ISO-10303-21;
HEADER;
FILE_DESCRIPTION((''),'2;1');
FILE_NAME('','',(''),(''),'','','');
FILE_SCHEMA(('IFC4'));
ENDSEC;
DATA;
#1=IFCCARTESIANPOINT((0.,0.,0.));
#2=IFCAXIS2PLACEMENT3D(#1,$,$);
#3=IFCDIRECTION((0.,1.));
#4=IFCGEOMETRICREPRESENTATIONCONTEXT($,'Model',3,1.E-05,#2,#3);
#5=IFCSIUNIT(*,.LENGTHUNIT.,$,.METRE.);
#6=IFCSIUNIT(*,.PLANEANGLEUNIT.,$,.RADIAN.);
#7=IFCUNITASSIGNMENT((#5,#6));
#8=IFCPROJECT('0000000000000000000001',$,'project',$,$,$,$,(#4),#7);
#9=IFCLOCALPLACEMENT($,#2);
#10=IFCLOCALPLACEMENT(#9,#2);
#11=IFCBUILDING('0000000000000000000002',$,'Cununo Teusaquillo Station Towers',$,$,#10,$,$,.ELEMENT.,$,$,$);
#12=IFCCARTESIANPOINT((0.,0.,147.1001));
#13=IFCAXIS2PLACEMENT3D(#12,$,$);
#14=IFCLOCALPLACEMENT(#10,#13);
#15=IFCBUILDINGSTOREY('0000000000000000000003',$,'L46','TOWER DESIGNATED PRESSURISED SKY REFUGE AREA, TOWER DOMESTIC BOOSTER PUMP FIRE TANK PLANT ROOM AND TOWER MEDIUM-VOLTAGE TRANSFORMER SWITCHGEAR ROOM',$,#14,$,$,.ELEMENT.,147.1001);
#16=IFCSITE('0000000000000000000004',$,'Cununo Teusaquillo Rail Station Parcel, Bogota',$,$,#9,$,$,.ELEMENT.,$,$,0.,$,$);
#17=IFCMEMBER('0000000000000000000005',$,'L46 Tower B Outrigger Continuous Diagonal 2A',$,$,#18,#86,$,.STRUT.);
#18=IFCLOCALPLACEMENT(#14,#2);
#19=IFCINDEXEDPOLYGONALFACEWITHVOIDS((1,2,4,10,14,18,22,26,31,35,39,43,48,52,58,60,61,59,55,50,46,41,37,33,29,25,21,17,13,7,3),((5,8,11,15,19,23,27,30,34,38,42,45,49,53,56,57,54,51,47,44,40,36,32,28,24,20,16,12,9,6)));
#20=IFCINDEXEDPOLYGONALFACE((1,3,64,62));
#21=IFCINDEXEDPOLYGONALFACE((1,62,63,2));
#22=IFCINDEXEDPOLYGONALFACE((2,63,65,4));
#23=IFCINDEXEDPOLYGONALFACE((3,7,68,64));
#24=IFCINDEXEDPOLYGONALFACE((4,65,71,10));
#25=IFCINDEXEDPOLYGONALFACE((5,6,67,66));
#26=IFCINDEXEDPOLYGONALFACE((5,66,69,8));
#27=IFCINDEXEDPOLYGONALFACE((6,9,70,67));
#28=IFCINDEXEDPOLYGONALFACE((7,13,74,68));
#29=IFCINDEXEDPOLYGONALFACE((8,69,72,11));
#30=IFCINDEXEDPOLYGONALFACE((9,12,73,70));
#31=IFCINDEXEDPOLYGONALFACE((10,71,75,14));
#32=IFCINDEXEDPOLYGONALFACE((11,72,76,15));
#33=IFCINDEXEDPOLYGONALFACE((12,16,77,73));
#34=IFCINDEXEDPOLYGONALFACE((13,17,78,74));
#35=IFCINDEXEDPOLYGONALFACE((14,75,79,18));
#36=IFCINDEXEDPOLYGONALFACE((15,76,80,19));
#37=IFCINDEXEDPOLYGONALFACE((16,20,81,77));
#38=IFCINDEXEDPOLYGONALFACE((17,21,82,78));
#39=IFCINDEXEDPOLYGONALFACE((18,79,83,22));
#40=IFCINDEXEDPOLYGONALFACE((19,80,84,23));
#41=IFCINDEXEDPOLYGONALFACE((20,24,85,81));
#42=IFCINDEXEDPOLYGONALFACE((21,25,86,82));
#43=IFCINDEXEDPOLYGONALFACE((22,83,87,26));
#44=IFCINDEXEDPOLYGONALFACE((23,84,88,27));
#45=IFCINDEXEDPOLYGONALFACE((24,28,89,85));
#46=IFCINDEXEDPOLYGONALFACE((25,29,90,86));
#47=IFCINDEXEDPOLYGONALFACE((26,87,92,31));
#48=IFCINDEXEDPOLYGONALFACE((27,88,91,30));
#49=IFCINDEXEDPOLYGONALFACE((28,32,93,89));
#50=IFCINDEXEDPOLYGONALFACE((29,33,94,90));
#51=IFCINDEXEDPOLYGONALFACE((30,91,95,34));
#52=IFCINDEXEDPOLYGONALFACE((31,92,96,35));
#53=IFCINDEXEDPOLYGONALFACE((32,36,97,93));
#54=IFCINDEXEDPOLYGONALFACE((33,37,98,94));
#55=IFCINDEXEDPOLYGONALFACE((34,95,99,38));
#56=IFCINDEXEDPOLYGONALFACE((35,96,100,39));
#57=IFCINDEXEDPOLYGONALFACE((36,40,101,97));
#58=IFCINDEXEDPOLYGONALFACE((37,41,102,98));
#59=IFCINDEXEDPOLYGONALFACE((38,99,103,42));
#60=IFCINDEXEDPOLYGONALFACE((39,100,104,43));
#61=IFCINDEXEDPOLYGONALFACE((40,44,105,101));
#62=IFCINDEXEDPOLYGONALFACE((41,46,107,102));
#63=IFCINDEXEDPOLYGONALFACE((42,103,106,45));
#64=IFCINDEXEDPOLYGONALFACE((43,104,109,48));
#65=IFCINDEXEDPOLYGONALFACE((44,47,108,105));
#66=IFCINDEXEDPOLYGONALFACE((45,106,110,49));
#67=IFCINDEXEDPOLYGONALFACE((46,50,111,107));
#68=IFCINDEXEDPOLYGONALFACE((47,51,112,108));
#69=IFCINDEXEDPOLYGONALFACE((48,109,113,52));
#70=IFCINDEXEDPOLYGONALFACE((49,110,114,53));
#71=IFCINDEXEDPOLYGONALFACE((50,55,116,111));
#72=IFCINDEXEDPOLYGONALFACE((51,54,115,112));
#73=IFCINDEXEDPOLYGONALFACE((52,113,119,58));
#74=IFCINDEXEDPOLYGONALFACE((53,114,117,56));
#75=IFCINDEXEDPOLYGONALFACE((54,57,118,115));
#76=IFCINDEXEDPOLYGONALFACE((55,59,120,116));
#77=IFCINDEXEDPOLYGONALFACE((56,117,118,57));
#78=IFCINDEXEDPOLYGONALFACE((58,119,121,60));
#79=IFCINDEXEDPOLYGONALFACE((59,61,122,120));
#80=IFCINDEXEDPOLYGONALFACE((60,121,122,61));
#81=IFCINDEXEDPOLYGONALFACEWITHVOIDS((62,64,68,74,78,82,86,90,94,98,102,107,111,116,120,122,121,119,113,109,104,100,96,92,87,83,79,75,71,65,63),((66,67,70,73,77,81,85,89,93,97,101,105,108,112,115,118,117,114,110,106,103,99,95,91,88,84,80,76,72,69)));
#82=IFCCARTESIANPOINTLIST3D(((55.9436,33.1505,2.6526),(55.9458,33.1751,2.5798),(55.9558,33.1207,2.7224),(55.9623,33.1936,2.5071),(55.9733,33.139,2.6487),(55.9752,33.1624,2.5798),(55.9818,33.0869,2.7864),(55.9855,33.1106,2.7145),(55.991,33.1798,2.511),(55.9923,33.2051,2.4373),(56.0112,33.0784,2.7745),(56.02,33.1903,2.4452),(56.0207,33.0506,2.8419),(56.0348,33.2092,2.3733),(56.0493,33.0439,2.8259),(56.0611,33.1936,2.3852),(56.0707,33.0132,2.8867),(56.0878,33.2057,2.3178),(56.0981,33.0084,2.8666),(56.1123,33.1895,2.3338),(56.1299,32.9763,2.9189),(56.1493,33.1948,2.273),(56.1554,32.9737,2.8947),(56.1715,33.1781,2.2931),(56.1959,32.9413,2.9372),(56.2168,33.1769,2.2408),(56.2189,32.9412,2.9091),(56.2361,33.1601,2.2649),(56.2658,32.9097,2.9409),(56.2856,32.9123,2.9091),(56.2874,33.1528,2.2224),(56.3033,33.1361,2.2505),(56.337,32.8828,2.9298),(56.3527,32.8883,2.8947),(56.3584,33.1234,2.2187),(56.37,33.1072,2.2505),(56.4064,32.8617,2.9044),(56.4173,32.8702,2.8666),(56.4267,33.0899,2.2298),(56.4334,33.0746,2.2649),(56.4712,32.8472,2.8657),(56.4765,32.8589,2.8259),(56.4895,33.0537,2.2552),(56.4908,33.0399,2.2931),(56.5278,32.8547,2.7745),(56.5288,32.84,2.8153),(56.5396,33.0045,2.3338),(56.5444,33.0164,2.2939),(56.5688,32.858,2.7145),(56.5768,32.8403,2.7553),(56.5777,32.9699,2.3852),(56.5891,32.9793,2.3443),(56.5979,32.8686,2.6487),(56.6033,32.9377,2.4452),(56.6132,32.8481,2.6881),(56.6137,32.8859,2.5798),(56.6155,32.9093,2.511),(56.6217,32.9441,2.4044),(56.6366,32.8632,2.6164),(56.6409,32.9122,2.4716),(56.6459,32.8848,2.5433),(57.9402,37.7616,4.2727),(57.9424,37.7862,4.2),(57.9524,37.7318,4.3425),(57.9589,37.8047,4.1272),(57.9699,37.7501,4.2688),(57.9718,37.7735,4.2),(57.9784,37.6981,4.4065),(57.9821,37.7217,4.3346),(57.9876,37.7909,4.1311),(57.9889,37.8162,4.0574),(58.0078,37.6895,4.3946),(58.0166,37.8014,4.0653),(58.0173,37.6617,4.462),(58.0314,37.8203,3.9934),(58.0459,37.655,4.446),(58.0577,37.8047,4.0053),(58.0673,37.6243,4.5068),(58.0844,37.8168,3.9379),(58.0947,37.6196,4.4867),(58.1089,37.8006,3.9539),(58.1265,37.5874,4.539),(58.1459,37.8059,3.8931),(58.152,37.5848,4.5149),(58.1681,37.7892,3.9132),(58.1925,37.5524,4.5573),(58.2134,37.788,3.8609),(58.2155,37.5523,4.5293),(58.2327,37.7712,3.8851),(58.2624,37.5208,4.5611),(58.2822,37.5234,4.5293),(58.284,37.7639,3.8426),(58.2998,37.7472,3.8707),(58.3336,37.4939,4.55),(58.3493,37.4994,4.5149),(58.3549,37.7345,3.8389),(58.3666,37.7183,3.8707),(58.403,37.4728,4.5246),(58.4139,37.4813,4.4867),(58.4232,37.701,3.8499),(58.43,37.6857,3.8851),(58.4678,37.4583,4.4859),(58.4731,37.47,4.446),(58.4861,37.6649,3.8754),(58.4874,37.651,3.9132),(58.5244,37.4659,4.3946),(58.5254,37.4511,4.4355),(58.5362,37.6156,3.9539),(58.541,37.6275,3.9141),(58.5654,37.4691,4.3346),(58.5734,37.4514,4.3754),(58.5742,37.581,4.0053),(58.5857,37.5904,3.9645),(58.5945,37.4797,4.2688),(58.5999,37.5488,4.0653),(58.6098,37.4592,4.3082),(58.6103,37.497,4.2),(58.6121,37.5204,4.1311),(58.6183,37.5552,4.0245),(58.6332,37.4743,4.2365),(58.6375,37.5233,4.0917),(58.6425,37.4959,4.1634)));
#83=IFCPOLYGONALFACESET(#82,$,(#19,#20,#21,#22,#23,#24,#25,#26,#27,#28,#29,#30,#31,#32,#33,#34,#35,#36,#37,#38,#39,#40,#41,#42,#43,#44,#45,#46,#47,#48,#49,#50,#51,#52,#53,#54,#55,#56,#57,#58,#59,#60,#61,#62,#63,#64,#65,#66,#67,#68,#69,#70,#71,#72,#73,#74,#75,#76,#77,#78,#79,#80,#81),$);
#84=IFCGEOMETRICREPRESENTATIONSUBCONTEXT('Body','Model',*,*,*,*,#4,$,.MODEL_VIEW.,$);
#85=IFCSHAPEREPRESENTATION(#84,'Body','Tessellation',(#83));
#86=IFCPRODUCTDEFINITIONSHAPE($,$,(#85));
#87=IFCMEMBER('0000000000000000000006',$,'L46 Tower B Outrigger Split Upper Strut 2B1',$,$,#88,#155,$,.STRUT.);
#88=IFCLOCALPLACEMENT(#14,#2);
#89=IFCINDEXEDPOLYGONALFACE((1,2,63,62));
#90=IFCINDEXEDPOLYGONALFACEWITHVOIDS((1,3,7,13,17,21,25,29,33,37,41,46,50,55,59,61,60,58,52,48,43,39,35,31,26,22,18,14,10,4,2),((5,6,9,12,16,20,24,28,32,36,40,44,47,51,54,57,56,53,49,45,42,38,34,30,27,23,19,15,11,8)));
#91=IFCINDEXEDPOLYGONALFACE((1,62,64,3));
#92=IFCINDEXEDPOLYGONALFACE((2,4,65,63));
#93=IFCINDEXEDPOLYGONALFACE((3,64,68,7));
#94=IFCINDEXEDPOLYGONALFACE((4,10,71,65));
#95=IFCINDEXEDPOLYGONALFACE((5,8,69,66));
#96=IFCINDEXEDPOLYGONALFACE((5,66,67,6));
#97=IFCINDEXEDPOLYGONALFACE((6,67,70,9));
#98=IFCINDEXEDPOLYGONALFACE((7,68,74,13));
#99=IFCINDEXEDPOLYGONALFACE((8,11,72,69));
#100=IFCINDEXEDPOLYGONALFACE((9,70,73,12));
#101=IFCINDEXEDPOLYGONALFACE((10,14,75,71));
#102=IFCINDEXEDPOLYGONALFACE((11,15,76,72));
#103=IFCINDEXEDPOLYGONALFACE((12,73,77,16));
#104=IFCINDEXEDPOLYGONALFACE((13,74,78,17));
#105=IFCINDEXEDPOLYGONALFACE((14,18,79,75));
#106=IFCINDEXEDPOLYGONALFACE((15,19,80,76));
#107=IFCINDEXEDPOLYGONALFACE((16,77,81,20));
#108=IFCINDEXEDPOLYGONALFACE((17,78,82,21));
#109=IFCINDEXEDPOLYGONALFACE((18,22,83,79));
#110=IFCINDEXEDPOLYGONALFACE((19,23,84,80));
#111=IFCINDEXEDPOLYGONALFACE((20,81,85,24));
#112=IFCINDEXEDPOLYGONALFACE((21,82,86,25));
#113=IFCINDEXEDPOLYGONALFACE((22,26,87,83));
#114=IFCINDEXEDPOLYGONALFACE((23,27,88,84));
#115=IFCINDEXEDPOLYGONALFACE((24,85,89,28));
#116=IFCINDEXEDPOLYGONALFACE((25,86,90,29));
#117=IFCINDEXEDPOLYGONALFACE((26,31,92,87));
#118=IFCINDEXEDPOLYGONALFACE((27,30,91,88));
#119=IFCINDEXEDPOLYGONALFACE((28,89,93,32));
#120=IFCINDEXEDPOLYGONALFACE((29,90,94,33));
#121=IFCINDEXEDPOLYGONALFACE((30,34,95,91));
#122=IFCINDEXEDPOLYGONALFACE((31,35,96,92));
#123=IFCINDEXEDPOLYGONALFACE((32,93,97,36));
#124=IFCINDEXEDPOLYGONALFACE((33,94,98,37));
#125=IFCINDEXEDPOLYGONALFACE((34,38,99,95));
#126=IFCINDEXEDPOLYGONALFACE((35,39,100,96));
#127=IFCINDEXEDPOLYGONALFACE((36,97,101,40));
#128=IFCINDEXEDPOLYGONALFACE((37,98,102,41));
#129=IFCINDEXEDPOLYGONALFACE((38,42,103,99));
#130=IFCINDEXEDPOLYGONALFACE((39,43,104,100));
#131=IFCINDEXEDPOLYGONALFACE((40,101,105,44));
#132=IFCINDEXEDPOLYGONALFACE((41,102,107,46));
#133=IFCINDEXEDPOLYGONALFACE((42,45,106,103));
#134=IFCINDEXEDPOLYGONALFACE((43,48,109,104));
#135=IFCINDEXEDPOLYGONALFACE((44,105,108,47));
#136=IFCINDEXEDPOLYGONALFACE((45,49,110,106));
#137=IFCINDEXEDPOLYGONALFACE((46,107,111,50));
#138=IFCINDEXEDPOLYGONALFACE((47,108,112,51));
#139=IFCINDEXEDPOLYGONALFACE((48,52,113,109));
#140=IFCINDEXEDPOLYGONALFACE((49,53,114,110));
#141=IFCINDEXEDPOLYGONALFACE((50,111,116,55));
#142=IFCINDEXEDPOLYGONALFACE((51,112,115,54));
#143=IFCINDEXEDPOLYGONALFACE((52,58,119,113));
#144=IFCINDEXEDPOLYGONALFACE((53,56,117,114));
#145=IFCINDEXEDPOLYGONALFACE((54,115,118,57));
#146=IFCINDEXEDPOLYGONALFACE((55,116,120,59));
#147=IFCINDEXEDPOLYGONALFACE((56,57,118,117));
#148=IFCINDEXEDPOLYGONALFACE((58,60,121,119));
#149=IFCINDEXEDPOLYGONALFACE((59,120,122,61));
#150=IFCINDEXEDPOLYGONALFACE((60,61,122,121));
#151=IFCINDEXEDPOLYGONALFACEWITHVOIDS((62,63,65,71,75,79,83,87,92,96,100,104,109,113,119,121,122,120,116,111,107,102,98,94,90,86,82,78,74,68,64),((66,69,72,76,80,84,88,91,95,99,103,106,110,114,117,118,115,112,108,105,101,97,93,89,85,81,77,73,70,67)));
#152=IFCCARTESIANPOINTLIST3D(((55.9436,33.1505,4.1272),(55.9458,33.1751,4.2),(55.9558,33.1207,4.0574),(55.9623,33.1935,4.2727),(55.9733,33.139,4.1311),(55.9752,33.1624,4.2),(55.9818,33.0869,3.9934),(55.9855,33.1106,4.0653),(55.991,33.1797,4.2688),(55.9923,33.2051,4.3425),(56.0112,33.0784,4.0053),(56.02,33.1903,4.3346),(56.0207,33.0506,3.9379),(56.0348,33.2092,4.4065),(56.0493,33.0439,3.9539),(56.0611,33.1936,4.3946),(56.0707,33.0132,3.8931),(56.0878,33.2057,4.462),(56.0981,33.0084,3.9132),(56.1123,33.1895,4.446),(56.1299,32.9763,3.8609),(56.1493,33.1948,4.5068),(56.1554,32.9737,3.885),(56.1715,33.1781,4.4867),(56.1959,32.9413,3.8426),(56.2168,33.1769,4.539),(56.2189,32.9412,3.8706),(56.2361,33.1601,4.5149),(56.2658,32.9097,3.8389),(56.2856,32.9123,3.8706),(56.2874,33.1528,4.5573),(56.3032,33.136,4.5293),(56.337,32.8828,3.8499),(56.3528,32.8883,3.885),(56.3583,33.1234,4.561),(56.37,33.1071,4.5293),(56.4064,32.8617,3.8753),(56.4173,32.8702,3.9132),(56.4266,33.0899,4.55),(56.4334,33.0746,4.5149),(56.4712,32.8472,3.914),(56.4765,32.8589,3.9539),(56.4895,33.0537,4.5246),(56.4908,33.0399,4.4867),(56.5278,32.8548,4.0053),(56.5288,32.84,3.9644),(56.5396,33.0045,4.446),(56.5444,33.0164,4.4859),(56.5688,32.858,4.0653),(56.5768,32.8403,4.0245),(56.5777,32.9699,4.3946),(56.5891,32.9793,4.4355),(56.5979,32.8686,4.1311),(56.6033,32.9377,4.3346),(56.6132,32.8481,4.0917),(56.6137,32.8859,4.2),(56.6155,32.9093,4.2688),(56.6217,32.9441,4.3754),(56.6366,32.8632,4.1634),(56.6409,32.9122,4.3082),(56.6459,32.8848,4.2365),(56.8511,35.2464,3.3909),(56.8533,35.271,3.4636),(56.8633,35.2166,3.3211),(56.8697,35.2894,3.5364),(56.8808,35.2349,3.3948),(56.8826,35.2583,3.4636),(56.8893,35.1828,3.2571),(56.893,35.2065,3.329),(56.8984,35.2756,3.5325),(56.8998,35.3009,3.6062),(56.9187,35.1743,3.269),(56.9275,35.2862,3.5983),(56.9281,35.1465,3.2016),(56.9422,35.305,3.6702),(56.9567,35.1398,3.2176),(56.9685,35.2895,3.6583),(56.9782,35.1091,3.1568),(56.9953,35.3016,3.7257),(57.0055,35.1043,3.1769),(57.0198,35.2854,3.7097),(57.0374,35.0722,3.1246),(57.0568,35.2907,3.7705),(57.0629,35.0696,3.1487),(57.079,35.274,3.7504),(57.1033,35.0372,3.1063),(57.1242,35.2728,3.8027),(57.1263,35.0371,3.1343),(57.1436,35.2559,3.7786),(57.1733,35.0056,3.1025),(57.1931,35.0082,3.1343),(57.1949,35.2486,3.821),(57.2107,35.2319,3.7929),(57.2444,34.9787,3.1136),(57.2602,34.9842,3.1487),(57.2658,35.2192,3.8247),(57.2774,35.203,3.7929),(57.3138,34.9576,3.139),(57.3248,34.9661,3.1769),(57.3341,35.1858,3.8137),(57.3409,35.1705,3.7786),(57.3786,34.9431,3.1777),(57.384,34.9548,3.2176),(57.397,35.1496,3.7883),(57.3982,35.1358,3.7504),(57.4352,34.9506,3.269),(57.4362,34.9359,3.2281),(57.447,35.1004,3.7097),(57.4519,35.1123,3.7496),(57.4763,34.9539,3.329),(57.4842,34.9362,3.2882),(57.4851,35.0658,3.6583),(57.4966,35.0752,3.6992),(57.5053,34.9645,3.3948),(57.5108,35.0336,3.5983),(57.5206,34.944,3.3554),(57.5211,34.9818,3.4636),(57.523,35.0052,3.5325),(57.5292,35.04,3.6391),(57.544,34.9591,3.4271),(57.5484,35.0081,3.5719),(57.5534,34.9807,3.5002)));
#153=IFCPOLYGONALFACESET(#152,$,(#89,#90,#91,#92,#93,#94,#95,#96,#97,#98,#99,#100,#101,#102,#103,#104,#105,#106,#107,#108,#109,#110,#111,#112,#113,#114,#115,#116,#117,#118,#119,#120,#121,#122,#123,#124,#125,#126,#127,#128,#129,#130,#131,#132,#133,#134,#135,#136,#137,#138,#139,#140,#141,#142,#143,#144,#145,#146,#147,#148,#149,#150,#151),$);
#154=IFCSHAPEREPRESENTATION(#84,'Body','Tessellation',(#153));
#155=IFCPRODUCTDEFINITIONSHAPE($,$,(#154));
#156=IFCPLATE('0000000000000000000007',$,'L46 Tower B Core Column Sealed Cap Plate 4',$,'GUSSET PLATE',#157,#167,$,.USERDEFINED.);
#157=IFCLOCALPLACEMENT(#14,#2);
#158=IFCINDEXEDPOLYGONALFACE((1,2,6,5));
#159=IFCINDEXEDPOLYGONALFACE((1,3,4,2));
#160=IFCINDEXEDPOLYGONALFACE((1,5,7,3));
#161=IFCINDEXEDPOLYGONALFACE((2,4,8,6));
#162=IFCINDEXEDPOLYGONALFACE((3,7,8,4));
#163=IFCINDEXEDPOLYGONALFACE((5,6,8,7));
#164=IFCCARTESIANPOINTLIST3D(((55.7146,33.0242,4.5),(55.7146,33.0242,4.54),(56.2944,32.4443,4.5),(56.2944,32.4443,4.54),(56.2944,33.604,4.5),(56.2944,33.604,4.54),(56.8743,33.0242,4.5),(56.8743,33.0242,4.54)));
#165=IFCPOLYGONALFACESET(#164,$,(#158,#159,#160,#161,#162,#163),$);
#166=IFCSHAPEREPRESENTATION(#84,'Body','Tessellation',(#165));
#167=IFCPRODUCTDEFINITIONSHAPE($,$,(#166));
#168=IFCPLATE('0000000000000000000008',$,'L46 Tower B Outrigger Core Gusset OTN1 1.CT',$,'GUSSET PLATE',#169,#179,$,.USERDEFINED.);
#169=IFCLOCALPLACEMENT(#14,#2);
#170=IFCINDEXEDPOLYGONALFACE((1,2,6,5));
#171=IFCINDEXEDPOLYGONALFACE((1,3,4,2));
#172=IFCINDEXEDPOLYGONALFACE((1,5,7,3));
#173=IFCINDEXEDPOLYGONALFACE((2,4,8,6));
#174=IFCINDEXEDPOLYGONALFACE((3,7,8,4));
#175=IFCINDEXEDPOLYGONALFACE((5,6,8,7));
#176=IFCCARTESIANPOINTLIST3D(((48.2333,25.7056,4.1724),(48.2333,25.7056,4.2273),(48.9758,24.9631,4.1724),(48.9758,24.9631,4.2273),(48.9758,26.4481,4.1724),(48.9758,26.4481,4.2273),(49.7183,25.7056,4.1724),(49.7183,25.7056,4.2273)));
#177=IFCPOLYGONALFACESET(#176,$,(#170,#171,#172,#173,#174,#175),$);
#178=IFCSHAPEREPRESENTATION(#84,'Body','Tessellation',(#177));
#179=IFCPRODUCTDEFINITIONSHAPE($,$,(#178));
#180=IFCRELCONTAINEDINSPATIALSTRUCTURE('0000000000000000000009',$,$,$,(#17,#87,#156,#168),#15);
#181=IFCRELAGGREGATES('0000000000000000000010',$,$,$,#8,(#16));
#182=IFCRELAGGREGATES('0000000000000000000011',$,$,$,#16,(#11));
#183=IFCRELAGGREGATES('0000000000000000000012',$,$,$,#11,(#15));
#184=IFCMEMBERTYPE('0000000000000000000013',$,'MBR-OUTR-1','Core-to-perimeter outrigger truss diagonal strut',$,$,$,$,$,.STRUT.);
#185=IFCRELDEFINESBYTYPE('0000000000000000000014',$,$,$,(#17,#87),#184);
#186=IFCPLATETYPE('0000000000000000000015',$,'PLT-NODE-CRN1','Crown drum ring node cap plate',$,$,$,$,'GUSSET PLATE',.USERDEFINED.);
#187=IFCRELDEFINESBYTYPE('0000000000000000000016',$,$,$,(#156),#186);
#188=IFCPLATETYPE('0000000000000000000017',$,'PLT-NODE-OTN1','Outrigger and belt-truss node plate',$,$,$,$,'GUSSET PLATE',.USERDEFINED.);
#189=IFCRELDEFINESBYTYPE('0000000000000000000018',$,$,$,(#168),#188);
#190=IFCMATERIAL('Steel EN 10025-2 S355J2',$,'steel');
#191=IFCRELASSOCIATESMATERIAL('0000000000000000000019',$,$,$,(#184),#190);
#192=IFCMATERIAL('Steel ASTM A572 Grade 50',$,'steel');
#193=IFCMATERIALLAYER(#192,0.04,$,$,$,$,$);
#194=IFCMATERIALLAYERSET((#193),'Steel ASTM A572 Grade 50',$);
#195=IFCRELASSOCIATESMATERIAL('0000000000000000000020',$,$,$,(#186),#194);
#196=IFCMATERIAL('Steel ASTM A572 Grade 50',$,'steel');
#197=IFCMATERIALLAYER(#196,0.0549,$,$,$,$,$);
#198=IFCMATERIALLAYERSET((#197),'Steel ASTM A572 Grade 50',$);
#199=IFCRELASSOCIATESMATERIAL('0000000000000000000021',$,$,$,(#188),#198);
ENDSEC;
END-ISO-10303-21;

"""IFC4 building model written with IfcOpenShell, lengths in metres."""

from ifc_helpers import new_model, si_unit, direction, frame, origin, origin_2d, place, context, subcontext, project, spatial, rectangle, hollow_circle, extrude, source, transform, mapped, material, layer, layer_set, material_profile, profile_set, type_object, element, save


model = new_model("IFC4")

# Units and contexts
model_context = context("Model", 3, precision=1e-05, world=origin(), true_north=direction((0.0, 1.0)))
body_context = subcontext(model_context, "Body", "Model", "MODEL_VIEW")
ifc_project = project(units=[si_unit("LENGTHUNIT", "METRE"), si_unit("PLANEANGLEUNIT", "RADIAN")], contexts=[model_context])

# Site, building, storey
site_placement = place(None, origin())
site = spatial("IfcSite", under=ifc_project, at=site_placement, Name="Cununo Teusaquillo Rail Station Parcel, Bogota", CompositionType="ELEMENT", RefElevation=0.0)
building_placement = place(site_placement, origin())
building = spatial("IfcBuilding", under=site, at=building_placement, Name="Cununo Teusaquillo Station Towers", CompositionType="ELEMENT")
storey_placement = place(building_placement, frame((0.0, 0.0, 147.1001)))
storey = spatial("IfcBuildingStorey", under=building, at=storey_placement, Name="L46", Description="TOWER DESIGNATED PRESSURISED SKY REFUGE AREA, TOWER DOMESTIC BOOSTER PUMP FIRE TANK PLANT ROOM AND TOWER MEDIUM-VOLTAGE TRANSFORMER SWITCHGEAR ROOM", CompositionType="ELEMENT", Elevation=147.1001)

# Members
ifc_material_1 = material(Name="Steel EN 10025-2 S355J2", Category="steel")
ifc_material_profile_1 = material_profile(ifc_material_1, hollow_circle(Radius=0.3799, WallThickness=0.032, at=origin_2d()), Name="CHS 760x32")
ifc_profile_set_1 = profile_set([ifc_material_profile_1], Name="Steel EN 10025-2 S355J2")
member_type = type_object("IfcMemberType", Name="MBR-OUTR-1", Description="Core-to-perimeter outrigger truss diagonal strut", PredefinedType="STRUT", material=ifc_profile_set_1)
member_1_placement = place(storey_placement, frame((56.2944, 33.0242, 2.5798), z_axis=(0.378176, 0.873393, 0.306869), x_axis=(-0.917668, 0.397347, 0.0)))
element("IfcMember", 1, at=member_1_placement, inside=storey, type_object=member_type, Name="L46 Tower B Outrigger Continuous Diagonal 2A", PredefinedType="STRUT", context=body_context, shape_type="SweptSolid", body=[
    extrude(hollow_circle(Radius=0.3799, WallThickness=0.032, at=origin_2d()), origin(), (0.0, 0.0, 1.0), 5.2795),
])
member_2_placement = place(storey_placement, frame((56.2944, 33.0242, 4.2), z_axis=(0.378156, 0.873412, -0.306839), x_axis=(-0.917679, 0.397322, 0.0)))
element("IfcMember", 2, at=member_2_placement, inside=storey, type_object=member_type, Name="L46 Tower B Outrigger Split Upper Strut 2B1", PredefinedType="STRUT", context=body_context, shape_type="SweptSolid", body=[
    extrude(hollow_circle(Radius=0.3799, WallThickness=0.032, at=origin_2d()), origin(), (0.0, 0.0, 1.0), 2.3997),
])

# Plates
ifc_material_2 = material(Name="Steel ASTM A572 Grade 50", Category="steel")
ifc_layer_1 = layer(ifc_material_2, 0.04)
ifc_layer_set_1 = layer_set([ifc_layer_1], Name="Steel ASTM A572 Grade 50")
plate_type_1 = type_object("IfcPlateType", Name="PLT-NODE-CRN1", Description="Crown drum ring node cap plate", ElementType="GUSSET PLATE", PredefinedType="USERDEFINED", material=ifc_layer_set_1)
shared_shape_1 = source(origin(), body_context, "Body", "SweptSolid", [
    extrude(rectangle(XDim=0.8201, YDim=0.8201, at=origin_2d()), origin(), (0.0, 0.0, 1.0), 0.04),
])
plate_1_placement = place(storey_placement, frame((56.2944, 33.0242, 4.5), z_axis=(0.0, 0.0, 1.0), x_axis=(0.707107, 0.707107, 0.0)))
element("IfcPlate", 3, at=plate_1_placement, inside=storey, type_object=plate_type_1, Name="L46 Tower B Core Column Sealed Cap Plate 4", ObjectType="GUSSET PLATE", PredefinedType="USERDEFINED", context=body_context, shape_type="MappedRepresentation", body=[
    mapped(shared_shape_1, transform((0.0, 0.0, 0.0), x_axis=(1.0, 0.0, 0.0), y_axis=(0.0, 1.0, 0.0), z_axis=(0.0, 0.0, 1.0), scale=1.0)),
])
ifc_material_3 = material(Name="Steel ASTM A572 Grade 50", Category="steel")
ifc_layer_2 = layer(ifc_material_3, 0.0549)
ifc_layer_set_2 = layer_set([ifc_layer_2], Name="Steel ASTM A572 Grade 50")
plate_type_2 = type_object("IfcPlateType", Name="PLT-NODE-OTN1", Description="Outrigger and belt-truss node plate", ElementType="GUSSET PLATE", PredefinedType="USERDEFINED", material=ifc_layer_set_2)
shared_shape_2 = source(origin(), body_context, "Body", "SweptSolid", [
    extrude(rectangle(XDim=1.05, YDim=1.05, at=origin_2d()), origin(), (0.0, 0.0, 1.0), 0.0549),
])
plate_2_placement = place(storey_placement, frame((48.9758, 25.7056, 4.1724), z_axis=(0.0, 0.0, 1.0), x_axis=(0.707107, 0.707107, 0.0)))
element("IfcPlate", 4, at=plate_2_placement, inside=storey, type_object=plate_type_2, Name="L46 Tower B Outrigger Core Gusset OTN1 1.CT", ObjectType="GUSSET PLATE", PredefinedType="USERDEFINED", context=body_context, shape_type="MappedRepresentation", body=[
    mapped(shared_shape_2, transform((0.0, 0.0, 0.0), x_axis=(1.0, 0.0, 0.0), y_axis=(0.0, 1.0, 0.0), z_axis=(0.0, 0.0, 1.0), scale=1.0)),
])

save(model, "model.ifc")
